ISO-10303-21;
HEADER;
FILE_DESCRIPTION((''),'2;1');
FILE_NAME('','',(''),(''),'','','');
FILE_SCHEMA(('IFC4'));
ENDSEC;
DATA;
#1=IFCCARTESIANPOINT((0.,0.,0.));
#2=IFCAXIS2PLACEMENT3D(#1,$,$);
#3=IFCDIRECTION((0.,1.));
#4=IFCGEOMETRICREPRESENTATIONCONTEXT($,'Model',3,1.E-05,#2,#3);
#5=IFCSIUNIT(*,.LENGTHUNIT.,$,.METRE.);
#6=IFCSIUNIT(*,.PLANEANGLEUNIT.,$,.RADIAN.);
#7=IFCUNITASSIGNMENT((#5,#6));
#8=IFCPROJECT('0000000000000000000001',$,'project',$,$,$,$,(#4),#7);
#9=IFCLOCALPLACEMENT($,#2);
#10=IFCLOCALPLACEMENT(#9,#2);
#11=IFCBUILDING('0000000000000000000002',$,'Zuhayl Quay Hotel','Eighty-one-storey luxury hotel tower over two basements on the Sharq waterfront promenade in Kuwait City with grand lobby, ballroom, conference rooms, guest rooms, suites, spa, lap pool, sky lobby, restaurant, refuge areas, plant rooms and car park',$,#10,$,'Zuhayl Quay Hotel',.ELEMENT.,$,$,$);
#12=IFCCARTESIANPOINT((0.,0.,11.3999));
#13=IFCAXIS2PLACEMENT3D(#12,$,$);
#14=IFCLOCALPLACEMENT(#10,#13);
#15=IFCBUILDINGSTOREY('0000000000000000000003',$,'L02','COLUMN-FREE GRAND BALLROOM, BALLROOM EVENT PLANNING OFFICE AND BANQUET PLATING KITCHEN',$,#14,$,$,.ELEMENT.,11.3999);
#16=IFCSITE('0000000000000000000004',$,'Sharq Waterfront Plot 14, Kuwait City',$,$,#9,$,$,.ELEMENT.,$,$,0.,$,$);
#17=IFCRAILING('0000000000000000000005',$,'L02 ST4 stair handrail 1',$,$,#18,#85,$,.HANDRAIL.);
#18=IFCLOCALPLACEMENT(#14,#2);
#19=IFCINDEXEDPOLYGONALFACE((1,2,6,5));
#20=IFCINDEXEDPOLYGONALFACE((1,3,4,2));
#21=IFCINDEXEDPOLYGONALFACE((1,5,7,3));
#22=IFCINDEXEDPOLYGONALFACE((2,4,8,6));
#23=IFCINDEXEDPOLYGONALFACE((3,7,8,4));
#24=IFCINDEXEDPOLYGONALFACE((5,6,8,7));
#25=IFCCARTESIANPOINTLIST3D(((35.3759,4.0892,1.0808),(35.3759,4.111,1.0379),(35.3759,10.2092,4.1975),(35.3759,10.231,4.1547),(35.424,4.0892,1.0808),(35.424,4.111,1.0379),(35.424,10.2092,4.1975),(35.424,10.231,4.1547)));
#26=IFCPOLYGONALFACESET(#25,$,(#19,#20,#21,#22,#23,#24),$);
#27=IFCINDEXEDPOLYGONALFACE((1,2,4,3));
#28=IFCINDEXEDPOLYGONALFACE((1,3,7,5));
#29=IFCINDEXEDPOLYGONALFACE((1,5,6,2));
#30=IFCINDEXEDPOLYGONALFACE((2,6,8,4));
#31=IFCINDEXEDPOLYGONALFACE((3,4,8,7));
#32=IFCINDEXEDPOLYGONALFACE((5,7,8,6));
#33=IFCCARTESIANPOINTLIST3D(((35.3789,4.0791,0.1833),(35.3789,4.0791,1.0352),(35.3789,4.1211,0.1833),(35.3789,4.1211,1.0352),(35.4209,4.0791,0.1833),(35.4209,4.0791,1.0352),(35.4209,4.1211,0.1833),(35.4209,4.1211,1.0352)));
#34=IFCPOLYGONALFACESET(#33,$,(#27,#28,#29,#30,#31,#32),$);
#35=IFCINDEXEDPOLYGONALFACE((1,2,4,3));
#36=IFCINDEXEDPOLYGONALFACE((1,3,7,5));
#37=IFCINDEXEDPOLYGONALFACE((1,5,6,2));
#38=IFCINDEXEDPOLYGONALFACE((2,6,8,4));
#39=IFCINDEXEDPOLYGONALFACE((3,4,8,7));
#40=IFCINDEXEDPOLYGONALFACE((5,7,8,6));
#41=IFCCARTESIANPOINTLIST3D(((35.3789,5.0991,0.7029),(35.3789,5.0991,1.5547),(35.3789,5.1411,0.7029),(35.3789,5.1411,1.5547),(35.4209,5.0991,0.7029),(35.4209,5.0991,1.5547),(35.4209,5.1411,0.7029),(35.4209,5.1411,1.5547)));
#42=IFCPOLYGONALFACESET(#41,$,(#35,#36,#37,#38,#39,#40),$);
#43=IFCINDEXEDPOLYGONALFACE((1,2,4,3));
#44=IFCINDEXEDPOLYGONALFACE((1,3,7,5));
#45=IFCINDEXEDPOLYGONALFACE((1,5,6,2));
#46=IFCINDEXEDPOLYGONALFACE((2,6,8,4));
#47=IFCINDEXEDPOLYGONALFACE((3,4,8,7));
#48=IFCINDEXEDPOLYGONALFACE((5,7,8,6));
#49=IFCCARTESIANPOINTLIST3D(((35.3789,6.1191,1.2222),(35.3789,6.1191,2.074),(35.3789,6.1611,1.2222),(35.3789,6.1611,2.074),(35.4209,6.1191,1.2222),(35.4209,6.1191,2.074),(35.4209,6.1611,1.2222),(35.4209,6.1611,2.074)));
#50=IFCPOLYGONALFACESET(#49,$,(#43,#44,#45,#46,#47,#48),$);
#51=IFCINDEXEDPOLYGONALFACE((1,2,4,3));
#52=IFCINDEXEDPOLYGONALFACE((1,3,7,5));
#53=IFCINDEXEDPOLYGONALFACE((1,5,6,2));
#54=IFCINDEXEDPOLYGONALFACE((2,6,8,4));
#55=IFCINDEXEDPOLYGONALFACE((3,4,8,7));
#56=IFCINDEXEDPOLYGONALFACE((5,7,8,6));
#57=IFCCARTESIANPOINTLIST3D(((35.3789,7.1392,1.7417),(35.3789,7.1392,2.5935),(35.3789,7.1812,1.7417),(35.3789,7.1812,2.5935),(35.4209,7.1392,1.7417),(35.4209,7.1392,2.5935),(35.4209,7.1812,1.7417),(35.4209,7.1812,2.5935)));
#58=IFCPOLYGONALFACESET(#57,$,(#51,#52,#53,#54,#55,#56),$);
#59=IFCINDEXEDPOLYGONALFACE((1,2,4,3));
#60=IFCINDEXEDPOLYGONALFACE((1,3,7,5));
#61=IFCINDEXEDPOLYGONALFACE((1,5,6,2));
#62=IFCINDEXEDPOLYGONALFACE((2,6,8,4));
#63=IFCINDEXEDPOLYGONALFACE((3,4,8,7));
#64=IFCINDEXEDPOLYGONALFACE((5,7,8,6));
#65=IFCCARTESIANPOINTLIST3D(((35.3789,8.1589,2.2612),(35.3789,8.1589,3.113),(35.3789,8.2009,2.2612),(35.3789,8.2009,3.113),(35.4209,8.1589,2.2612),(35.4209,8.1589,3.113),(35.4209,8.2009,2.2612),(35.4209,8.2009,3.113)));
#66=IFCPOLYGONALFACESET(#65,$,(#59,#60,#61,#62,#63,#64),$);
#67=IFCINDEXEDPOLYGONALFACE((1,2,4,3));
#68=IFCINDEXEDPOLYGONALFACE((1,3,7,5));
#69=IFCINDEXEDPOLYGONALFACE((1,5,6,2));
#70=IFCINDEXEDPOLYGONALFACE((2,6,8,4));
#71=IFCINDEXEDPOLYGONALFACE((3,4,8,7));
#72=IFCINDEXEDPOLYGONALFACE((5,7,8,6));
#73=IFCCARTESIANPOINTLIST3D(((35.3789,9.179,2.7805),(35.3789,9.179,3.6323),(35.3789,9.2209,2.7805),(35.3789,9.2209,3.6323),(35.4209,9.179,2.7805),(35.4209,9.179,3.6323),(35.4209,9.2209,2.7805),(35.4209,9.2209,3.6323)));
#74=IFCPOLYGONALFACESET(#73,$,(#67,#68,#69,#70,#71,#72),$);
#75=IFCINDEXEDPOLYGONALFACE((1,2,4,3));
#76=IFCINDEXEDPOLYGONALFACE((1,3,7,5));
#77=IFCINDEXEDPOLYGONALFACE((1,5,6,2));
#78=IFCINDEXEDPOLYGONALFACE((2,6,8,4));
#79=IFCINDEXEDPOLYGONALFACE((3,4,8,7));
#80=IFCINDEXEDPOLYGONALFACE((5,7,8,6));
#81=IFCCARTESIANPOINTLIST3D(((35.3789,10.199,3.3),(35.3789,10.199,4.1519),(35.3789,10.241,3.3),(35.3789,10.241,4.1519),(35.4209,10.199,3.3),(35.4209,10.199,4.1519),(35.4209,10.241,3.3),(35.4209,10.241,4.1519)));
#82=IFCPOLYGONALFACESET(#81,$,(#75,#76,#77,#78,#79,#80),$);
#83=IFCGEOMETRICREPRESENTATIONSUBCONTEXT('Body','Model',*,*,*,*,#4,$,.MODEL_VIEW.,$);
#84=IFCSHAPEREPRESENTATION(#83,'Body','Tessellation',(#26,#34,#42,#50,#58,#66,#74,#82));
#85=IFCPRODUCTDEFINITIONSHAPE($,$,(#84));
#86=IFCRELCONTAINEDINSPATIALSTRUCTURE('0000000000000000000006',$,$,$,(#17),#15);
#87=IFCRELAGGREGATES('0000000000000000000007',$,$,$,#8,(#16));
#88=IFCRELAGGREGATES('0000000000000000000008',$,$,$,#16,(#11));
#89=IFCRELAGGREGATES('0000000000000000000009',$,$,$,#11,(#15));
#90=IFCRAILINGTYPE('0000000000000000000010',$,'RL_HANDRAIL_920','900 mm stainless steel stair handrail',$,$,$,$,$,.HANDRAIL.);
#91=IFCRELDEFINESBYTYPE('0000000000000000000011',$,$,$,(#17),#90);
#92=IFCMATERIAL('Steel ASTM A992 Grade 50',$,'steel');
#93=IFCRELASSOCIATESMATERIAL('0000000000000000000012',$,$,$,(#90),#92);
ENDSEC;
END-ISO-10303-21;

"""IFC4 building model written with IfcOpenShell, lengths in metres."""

from ifc_helpers import new_model, si_unit, direction, frame, origin, origin_2d, place, context, subcontext, project, spatial, rectangle, extrude, material, type_object, element, save


model = new_model("IFC4")

# Units and contexts
model_context = context("Model", 3, precision=1e-05, world=origin(), true_north=direction((0.0, 1.0)))
body_context = subcontext(model_context, "Body", "Model", "MODEL_VIEW")
ifc_project = project(units=[si_unit("LENGTHUNIT", "METRE"), si_unit("PLANEANGLEUNIT", "RADIAN")], contexts=[model_context])

# Site, building, storey
site_placement = place(None, origin())
site = spatial("IfcSite", under=ifc_project, at=site_placement, Name="Sharq Waterfront Plot 14, Kuwait City", CompositionType="ELEMENT", RefElevation=0.0)
building_placement = place(site_placement, origin())
building = spatial("IfcBuilding", under=site, at=building_placement, Name="Zuhayl Quay Hotel", Description="Eighty-one-storey luxury hotel tower over two basements on the Sharq waterfront promenade in Kuwait City with grand lobby, ballroom, conference rooms, guest rooms, suites, spa, lap pool, sky lobby, restaurant, refuge areas, plant rooms and car park", LongName="Zuhayl Quay Hotel", CompositionType="ELEMENT")
storey_placement = place(building_placement, frame((0.0, 0.0, 11.3999)))
storey = spatial("IfcBuildingStorey", under=building, at=storey_placement, Name="L02", Description="COLUMN-FREE GRAND BALLROOM, BALLROOM EVENT PLANNING OFFICE AND BANQUET PLATING KITCHEN", CompositionType="ELEMENT", Elevation=11.3999)

# Shared definitions
ifc_material_1 = material(Name="Steel ASTM A992 Grade 50", Category="steel")

# Railing
railing_type_1 = type_object("IfcRailingType", Name="RL_HANDRAIL_920", Description="900 mm stainless steel stair handrail", PredefinedType="HANDRAIL", material=ifc_material_1)
railing_1_placement = place(storey_placement, frame((35.3999, 4.1001, 0.1833)))
element("IfcRailing", 1, at=railing_1_placement, inside=storey, type_object=railing_type_1, Name="L02 ST4 stair handrail 1", PredefinedType="HANDRAIL", context=body_context, shape_type="SweptSolid", body=[
    extrude(rectangle(XDim=0.0481, YDim=0.0481, at=origin_2d()), frame((0.0, 0.0, 0.876), z_axis=(0.0, 0.891097, 0.453813), x_axis=(-1.0, 0.0, 0.0)), (0.0, 0.0, 1.0), 6.8679),
    extrude(rectangle(XDim=0.042, YDim=0.042, at=origin_2d()), origin(), (0.0, 0.0, 1.0), 0.8518),
    extrude(rectangle(XDim=0.042, YDim=0.042, at=origin_2d()), frame((0.0, 1.02, 0.5195)), (0.0, 0.0, 1.0), 0.8518),
    extrude(rectangle(XDim=0.042, YDim=0.042, at=origin_2d()), frame((0.0, 2.04, 1.0388)), (0.0, 0.0, 1.0), 0.8518),
    extrude(rectangle(XDim=0.042, YDim=0.042, at=origin_2d()), frame((0.0, 3.0601, 1.5583)), (0.0, 0.0, 1.0), 0.8518),
    extrude(rectangle(XDim=0.042, YDim=0.042, at=origin_2d()), frame((0.0, 4.0798, 2.0779)), (0.0, 0.0, 1.0), 0.8518),
    extrude(rectangle(XDim=0.042, YDim=0.042, at=origin_2d()), frame((0.0, 5.0999, 2.5972)), (0.0, 0.0, 1.0), 0.8518),
    extrude(rectangle(XDim=0.042, YDim=0.042, at=origin_2d()), frame((0.0, 6.1199, 3.1167)), (0.0, 0.0, 1.0), 0.8518),
])

save(model, "model.ifc")
